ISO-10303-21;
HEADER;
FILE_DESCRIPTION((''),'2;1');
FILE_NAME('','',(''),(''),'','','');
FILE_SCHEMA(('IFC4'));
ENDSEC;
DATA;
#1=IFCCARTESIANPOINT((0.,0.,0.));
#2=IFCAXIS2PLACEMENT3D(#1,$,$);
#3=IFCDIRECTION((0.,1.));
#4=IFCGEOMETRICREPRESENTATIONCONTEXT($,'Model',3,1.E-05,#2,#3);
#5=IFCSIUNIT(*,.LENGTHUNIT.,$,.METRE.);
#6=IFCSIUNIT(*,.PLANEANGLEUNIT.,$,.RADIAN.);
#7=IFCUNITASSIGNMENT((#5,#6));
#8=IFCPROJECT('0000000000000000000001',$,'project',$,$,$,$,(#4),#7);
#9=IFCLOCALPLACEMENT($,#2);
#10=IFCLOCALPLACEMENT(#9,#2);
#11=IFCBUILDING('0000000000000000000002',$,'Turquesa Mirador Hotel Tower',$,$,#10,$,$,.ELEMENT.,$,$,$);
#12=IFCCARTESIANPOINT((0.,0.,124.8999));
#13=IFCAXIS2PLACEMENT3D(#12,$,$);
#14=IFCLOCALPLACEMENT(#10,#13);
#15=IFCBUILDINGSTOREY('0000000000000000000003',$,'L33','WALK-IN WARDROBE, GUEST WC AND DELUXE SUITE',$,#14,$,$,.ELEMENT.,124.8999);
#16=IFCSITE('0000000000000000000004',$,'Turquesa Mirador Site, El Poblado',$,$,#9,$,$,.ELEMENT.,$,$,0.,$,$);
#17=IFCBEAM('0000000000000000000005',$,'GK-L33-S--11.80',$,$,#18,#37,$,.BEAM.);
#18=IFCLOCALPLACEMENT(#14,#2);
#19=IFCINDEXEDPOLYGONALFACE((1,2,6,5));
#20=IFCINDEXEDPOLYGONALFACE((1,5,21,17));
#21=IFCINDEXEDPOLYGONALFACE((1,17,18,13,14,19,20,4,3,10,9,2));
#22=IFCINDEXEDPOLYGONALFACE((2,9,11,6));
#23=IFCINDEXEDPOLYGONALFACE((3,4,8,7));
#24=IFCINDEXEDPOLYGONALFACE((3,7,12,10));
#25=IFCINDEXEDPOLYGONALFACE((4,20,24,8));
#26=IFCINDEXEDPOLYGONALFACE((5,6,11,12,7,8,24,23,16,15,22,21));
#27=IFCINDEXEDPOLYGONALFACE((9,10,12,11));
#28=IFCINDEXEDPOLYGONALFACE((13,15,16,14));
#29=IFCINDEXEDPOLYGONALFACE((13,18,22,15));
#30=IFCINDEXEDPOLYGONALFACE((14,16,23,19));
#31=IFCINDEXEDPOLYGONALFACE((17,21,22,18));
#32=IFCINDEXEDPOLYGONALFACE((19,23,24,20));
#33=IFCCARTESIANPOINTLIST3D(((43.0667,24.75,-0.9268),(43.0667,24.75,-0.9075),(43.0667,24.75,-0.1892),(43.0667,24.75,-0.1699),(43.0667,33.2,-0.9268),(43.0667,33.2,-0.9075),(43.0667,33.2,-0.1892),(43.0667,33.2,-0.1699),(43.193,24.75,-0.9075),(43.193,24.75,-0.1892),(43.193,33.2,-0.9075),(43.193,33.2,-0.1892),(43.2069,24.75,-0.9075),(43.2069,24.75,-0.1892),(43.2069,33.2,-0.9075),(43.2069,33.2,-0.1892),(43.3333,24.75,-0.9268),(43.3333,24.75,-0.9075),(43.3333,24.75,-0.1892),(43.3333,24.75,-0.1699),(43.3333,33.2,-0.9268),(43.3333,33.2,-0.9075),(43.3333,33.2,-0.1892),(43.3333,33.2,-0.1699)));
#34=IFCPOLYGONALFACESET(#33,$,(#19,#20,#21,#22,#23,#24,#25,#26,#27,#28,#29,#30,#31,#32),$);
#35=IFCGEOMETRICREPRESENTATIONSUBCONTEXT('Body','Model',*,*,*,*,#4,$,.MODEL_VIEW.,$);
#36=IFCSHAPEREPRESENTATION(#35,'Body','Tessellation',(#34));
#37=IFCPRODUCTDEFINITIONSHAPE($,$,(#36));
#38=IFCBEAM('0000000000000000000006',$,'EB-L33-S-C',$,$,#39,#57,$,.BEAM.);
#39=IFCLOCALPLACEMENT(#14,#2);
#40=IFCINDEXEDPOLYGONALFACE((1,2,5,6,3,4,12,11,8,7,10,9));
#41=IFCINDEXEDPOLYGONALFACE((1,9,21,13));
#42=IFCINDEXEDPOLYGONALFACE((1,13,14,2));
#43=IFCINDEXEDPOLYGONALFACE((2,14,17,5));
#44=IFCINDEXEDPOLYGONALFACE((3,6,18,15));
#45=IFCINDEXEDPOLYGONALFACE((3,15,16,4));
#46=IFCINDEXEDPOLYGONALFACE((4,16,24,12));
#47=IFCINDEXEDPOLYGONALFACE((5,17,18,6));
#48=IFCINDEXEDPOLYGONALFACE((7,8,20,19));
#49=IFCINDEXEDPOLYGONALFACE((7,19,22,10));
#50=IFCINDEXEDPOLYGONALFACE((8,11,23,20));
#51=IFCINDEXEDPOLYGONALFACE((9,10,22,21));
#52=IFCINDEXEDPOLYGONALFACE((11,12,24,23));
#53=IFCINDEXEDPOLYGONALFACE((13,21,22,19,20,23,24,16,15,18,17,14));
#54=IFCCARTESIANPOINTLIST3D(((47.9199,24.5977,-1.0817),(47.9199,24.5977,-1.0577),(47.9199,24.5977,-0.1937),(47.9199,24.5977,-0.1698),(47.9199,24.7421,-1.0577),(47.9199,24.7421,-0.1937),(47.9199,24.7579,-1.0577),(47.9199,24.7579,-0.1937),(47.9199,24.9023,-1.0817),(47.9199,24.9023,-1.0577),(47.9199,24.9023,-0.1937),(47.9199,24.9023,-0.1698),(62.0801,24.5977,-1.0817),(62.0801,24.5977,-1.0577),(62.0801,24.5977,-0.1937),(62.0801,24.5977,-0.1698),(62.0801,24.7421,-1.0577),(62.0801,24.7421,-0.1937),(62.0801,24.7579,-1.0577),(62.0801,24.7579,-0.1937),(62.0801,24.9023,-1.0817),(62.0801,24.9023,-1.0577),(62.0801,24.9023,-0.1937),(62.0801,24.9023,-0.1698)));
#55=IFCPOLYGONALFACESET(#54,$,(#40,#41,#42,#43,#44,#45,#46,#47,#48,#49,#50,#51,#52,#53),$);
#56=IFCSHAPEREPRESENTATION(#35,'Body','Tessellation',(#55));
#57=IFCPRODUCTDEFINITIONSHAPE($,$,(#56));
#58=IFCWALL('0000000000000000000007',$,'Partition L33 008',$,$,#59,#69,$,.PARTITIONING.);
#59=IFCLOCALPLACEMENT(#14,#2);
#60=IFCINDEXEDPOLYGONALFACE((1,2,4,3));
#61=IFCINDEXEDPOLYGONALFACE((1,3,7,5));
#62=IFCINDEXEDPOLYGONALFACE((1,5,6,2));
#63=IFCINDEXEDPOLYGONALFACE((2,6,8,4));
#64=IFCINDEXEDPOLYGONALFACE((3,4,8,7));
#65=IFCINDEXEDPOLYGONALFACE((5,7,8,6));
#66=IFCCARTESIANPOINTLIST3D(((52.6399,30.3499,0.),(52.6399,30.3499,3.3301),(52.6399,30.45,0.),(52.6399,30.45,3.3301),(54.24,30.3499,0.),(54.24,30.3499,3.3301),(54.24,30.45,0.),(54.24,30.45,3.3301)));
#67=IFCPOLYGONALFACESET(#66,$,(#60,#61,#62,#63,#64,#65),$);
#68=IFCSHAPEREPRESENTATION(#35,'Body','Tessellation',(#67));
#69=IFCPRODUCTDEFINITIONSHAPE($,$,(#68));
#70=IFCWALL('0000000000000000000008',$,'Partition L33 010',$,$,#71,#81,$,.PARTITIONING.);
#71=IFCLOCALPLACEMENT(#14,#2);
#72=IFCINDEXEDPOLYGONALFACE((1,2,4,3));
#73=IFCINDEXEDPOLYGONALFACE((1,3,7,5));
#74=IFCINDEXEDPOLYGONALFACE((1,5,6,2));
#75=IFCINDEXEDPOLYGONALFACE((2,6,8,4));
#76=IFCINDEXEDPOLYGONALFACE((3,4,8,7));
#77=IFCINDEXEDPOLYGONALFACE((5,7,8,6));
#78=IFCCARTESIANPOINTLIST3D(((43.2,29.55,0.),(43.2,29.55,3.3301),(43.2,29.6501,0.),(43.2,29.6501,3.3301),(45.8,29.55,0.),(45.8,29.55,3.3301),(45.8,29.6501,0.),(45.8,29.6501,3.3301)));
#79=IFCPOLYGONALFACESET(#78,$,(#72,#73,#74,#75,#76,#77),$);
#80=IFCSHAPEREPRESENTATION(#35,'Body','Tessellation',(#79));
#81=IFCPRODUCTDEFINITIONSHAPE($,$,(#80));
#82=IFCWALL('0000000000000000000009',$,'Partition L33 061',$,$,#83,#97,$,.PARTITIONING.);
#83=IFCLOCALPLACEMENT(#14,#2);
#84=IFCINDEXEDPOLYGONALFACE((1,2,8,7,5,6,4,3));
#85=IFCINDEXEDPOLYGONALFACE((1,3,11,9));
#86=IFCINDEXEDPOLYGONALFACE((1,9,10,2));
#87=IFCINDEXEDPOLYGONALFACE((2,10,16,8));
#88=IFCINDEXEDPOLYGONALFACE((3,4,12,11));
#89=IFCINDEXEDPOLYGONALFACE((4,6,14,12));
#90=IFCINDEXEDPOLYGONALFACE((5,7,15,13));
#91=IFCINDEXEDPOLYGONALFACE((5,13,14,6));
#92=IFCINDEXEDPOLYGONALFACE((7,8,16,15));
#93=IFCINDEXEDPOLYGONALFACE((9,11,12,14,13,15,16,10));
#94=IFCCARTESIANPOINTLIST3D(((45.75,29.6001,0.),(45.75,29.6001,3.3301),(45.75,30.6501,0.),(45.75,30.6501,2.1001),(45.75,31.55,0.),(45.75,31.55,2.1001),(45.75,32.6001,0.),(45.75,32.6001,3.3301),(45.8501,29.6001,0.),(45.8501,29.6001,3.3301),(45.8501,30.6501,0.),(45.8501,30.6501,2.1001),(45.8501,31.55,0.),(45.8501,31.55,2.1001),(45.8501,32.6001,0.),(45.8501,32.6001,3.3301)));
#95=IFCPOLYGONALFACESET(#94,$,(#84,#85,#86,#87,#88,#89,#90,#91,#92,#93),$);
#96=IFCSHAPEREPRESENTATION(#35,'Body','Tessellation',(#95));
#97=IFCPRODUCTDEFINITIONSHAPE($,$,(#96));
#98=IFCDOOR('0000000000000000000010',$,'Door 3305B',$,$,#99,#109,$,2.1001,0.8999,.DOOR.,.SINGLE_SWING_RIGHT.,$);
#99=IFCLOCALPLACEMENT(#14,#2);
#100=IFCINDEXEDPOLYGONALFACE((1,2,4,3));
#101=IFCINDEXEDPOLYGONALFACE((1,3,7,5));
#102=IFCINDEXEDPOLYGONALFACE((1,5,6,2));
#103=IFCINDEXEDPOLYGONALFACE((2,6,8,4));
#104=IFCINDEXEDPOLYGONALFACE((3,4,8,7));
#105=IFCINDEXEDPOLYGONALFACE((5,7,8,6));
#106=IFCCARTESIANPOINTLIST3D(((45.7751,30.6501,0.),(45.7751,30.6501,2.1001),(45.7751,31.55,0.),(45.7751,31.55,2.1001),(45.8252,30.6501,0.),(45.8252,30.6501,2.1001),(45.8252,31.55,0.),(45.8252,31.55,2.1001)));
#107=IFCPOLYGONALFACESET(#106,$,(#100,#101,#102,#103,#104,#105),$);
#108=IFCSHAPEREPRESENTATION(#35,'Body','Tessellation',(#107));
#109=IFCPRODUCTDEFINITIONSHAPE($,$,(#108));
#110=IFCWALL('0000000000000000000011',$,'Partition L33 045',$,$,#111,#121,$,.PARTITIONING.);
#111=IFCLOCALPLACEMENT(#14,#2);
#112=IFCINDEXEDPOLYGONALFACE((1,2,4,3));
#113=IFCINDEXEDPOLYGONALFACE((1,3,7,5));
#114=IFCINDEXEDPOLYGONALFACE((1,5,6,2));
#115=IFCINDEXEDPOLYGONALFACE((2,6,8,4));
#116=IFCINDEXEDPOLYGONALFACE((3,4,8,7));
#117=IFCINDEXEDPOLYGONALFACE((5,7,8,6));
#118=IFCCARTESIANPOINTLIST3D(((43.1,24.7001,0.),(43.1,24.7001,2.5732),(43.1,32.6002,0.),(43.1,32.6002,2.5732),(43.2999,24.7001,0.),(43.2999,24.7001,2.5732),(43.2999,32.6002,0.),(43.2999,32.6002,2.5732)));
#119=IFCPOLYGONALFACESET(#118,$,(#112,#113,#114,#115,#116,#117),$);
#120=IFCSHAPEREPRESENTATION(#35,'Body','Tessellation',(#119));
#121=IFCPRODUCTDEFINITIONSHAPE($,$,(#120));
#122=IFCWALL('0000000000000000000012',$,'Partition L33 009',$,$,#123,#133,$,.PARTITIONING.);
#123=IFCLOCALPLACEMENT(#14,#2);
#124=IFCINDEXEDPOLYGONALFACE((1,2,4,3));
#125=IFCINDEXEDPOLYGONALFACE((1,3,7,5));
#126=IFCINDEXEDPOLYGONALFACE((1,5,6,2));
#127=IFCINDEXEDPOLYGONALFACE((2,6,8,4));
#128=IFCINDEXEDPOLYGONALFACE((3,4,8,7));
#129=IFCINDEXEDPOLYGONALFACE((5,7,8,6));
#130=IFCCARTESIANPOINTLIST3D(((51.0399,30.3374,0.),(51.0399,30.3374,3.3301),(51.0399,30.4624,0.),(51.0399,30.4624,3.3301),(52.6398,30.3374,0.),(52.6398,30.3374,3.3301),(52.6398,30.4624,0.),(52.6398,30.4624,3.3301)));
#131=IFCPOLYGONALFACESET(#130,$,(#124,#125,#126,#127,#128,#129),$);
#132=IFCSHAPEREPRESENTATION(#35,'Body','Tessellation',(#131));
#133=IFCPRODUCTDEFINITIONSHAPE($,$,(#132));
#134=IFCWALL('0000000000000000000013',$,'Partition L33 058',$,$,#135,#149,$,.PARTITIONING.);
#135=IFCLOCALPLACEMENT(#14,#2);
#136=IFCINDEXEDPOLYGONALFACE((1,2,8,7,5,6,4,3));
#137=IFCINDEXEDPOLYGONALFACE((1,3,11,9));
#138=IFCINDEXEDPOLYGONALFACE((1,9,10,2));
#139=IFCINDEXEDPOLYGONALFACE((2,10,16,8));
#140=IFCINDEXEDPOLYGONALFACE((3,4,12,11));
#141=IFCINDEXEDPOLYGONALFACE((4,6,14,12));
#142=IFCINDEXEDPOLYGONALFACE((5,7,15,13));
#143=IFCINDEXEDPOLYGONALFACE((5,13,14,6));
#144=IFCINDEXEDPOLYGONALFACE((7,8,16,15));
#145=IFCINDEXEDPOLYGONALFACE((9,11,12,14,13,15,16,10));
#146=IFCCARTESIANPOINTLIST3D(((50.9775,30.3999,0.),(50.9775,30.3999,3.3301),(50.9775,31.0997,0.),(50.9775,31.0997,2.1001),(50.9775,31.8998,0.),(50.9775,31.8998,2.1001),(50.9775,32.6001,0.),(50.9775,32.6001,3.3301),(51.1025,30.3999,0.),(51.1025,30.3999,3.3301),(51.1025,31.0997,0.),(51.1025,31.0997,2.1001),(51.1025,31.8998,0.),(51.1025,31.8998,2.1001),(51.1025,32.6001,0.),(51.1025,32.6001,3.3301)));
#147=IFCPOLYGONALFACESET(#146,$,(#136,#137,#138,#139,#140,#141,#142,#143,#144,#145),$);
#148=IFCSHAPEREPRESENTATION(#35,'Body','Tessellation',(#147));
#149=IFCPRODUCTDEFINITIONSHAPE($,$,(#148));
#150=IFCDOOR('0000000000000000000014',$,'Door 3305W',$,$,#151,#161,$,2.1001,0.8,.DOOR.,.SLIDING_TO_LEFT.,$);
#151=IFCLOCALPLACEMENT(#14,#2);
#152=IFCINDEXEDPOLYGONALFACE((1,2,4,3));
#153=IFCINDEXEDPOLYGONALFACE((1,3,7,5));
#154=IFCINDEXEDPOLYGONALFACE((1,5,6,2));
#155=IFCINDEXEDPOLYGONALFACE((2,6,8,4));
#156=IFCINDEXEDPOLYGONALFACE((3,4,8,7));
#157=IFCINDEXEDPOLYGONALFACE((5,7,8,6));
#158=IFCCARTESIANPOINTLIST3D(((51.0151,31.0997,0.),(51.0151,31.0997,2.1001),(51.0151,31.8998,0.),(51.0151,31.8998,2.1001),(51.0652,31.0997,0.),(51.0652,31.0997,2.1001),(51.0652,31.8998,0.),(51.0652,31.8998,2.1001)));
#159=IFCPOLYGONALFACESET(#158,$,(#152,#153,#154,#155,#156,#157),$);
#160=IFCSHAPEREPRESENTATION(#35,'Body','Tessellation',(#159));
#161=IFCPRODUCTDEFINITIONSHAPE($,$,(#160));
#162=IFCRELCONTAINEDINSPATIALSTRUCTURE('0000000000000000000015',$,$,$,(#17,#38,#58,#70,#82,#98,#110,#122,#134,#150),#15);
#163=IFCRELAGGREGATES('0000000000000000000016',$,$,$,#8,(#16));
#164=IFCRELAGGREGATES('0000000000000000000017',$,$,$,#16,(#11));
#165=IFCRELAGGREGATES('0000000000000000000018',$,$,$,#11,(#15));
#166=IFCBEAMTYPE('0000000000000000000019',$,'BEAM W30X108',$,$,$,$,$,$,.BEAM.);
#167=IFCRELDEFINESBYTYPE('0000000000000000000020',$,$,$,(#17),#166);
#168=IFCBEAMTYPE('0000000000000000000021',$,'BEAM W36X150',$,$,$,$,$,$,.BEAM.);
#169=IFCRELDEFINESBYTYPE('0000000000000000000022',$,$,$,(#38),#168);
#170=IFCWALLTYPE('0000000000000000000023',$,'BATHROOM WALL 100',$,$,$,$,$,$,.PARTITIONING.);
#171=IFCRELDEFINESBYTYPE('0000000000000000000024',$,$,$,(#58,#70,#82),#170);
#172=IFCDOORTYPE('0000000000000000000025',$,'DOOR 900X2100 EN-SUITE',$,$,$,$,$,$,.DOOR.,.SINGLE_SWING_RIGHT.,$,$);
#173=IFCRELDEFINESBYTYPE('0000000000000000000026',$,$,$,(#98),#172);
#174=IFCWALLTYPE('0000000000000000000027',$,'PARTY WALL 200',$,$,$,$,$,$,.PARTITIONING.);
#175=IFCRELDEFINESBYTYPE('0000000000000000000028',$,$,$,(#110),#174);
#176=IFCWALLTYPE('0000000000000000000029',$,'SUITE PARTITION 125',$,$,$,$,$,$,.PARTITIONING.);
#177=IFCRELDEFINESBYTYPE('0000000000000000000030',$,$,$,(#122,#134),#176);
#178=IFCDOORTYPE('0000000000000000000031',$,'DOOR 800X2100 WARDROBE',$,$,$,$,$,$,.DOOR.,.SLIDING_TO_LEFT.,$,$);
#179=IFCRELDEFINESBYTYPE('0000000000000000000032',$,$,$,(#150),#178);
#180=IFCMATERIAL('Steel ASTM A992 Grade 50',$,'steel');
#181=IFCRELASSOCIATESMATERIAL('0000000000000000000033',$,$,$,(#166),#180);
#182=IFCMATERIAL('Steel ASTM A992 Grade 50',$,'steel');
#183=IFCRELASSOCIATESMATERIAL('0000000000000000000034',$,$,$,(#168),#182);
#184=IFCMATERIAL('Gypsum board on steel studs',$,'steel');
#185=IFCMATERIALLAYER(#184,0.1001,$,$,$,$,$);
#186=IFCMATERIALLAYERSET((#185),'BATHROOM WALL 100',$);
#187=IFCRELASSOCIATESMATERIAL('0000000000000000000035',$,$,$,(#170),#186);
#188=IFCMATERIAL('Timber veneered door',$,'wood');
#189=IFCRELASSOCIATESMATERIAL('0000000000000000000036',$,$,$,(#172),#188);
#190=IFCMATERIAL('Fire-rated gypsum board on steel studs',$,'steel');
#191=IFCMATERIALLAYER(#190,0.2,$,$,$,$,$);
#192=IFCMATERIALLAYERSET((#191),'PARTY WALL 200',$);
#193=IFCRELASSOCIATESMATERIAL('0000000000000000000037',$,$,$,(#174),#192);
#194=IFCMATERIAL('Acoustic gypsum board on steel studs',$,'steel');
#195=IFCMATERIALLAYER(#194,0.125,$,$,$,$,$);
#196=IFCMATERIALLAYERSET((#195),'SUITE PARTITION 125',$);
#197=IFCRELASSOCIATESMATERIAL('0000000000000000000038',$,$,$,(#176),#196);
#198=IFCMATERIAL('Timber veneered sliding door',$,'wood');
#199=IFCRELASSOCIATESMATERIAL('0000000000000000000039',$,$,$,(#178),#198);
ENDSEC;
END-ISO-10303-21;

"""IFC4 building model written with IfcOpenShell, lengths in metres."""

from ifc_helpers import new_model, si_unit, direction, frame, frame_2d, origin, origin_2d, place, context, subcontext, project, spatial, rectangle, i_section, extrude, material, layer, layer_set, material_profile, profile_set, type_object, element, fill, save


model = new_model("IFC4")

# Units and contexts
model_context = context("Model", 3, precision=1e-05, world=origin(), true_north=direction((0.0, 1.0)))
body_context = subcontext(model_context, "Body", "Model", "MODEL_VIEW")
ifc_project = project(units=[si_unit("LENGTHUNIT", "METRE"), si_unit("PLANEANGLEUNIT", "RADIAN")], contexts=[model_context])

# Site, building, storey
site_placement = place(None, origin())
site = spatial("IfcSite", under=ifc_project, at=site_placement, Name="Turquesa Mirador Site, El Poblado", CompositionType="ELEMENT", RefElevation=0.0)
building_placement = place(site_placement, origin())
building = spatial("IfcBuilding", under=site, at=building_placement, Name="Turquesa Mirador Hotel Tower", CompositionType="ELEMENT")
storey_placement = place(building_placement, frame((0.0, 0.0, 124.8999)))
storey = spatial("IfcBuildingStorey", under=building, at=storey_placement, Name="L33", Description="WALK-IN WARDROBE, GUEST WC AND DELUXE SUITE", CompositionType="ELEMENT", Elevation=124.8999)

# Beams
ifc_material_1 = material(Name="Steel ASTM A992 Grade 50", Category="steel")
ifc_material_profile_1 = material_profile(ifc_material_1, i_section(OverallWidth=0.2666, OverallDepth=0.7568, WebThickness=0.0139, FlangeThickness=0.0193, at=origin_2d()), Name="W30X108")
ifc_profile_set_1 = profile_set([ifc_material_profile_1], Name="Steel ASTM A992 Grade 50")
beam_type_1 = type_object("IfcBeamType", Name="BEAM W30X108", PredefinedType="BEAM", material=ifc_profile_set_1)
beam_1_placement = place(storey_placement, frame((43.2, 24.75, -0.5483), z_axis=(0.0, 1.0, 0.0), x_axis=(-1.0, 0.0, 0.0)))
element("IfcBeam", 1, at=beam_1_placement, inside=storey, type_object=beam_type_1, Name="GK-L33-S--11.80", PredefinedType="BEAM", context=body_context, shape_type="SweptSolid", body=[
    extrude(i_section(OverallWidth=0.2666, OverallDepth=0.7568, WebThickness=0.0139, FlangeThickness=0.0193, at=origin_2d()), origin(), (0.0, 0.0, 1.0), 8.45),
])
ifc_material_2 = material(Name="Steel ASTM A992 Grade 50", Category="steel")
ifc_material_profile_2 = material_profile(ifc_material_2, i_section(OverallWidth=0.3047, OverallDepth=0.9119, WebThickness=0.0159, FlangeThickness=0.0239, at=origin_2d()), Name="W36X150")
ifc_profile_set_2 = profile_set([ifc_material_profile_2], Name="Steel ASTM A992 Grade 50")
beam_type_2 = type_object("IfcBeamType", Name="BEAM W36X150", PredefinedType="BEAM", material=ifc_profile_set_2)
beam_2_placement = place(storey_placement, frame((47.9199, 24.75, -0.6257), z_axis=(1.0, 0.0, 0.0), x_axis=(0.0, 1.0, 0.0)))
element("IfcBeam", 2, at=beam_2_placement, inside=storey, type_object=beam_type_2, Name="EB-L33-S-C", PredefinedType="BEAM", context=body_context, shape_type="SweptSolid", body=[
    extrude(i_section(OverallWidth=0.3047, OverallDepth=0.9119, WebThickness=0.0159, FlangeThickness=0.0239, at=origin_2d()), origin(), (0.0, 0.0, 1.0), 14.1602),
])

# Walls
ifc_material_3 = material(Name="Gypsum board on steel studs", Category="steel")
ifc_layer_1 = layer(ifc_material_3, 0.1001)
ifc_layer_set_1 = layer_set([ifc_layer_1], Name="BATHROOM WALL 100")
wall_type_1 = type_object("IfcWallType", Name="BATHROOM WALL 100", PredefinedType="PARTITIONING", material=ifc_layer_set_1)
wall_1_placement = place(storey_placement, frame((52.6399, 30.3999, 0.0), z_axis=(0.0, 0.0, 1.0), x_axis=(1.0, 0.0, 0.0)))
element("IfcWall", 3, at=wall_1_placement, inside=storey, type_object=wall_type_1, Name="Partition L33 008", PredefinedType="PARTITIONING", context=body_context, shape_type="SweptSolid", body=[
    extrude(rectangle(XDim=1.6001, YDim=0.1001, at=frame_2d((0.8, 0.0))), origin(), (0.0, 0.0, 1.0), 3.3301),
])
wall_2_placement = place(storey_placement, frame((43.2, 29.6001, 0.0), z_axis=(0.0, 0.0, 1.0), x_axis=(1.0, 0.0, 0.0)))
element("IfcWall", 4, at=wall_2_placement, inside=storey, type_object=wall_type_1, Name="Partition L33 010", PredefinedType="PARTITIONING", context=body_context, shape_type="SweptSolid", body=[
    extrude(rectangle(XDim=2.6001, YDim=0.1001, at=frame_2d((1.3, 0.0))), origin(), (0.0, 0.0, 1.0), 3.3301),
])

# Wall, opening, door
wall_3_placement = place(storey_placement, frame((45.8, 29.6001, 0.0), z_axis=(0.0, 0.0, 1.0), x_axis=(0.0, 1.0, 0.0)))
wall_3 = element("IfcWall", 5, at=wall_3_placement, inside=storey, type_object=wall_type_1, Name="Partition L33 061", PredefinedType="PARTITIONING", context=body_context, shape_type="SweptSolid", body=[
    extrude(rectangle(XDim=3.0, YDim=0.1001, at=frame_2d((1.5, 0.0))), origin(), (0.0, 0.0, 1.0), 3.3301),
])
opening_1_placement = place(wall_3_placement, frame((1.05, 0.0, 0.0)))
opening_1 = element("IfcOpeningElement", 6, at=opening_1_placement, cuts=wall_3, PredefinedType="OPENING", context=body_context, shape_type="SweptSolid", body=[
    extrude(rectangle(XDim=0.8999, YDim=2.1001, at=frame_2d((0.45, 1.05))), frame((0.0, 0.0601, 0.0), z_axis=(0.0, -1.0, 0.0), x_axis=(1.0, 0.0, 0.0)), (0.0, 0.0, 1.0), 0.1201),
])
ifc_material_4 = material(Name="Timber veneered door", Category="wood")
door_type_1 = type_object("IfcDoorType", Name="DOOR 900X2100 EN-SUITE", OperationType="SINGLE_SWING_RIGHT", PredefinedType="DOOR", material=ifc_material_4)
door_1_placement = place(opening_1_placement, origin())
door_1 = element("IfcDoor", 7, at=door_1_placement, inside=storey, type_object=door_type_1, Name="Door 3305B", OperationType="SINGLE_SWING_RIGHT", OverallHeight=2.1001, OverallWidth=0.8999, PredefinedType="DOOR", context=body_context, shape_type="SweptSolid", body=[
    extrude(rectangle(XDim=0.8999, YDim=2.1001, at=frame_2d((0.45, 1.05))), frame((0.0, 0.0249, 0.0), z_axis=(0.0, -1.0, 0.0), x_axis=(1.0, 0.0, 0.0)), (0.0, 0.0, 1.0), 0.05),
])
fill(opening_1, door_1)

# Walls
ifc_material_5 = material(Name="Fire-rated gypsum board on steel studs", Category="steel")
ifc_layer_2 = layer(ifc_material_5, 0.2)
ifc_layer_set_2 = layer_set([ifc_layer_2], Name="PARTY WALL 200")
wall_type_2 = type_object("IfcWallType", Name="PARTY WALL 200", PredefinedType="PARTITIONING", material=ifc_layer_set_2)
wall_4_placement = place(storey_placement, frame((43.2, 24.7, 0.0), z_axis=(0.0, 0.0, 1.0), x_axis=(0.0, 1.0, 0.0)))
element("IfcWall", 8, at=wall_4_placement, inside=storey, type_object=wall_type_2, Name="Partition L33 045", PredefinedType="PARTITIONING", context=body_context, shape_type="SweptSolid", body=[
    extrude(rectangle(XDim=7.9001, YDim=0.2, at=frame_2d((3.9502, 0.0))), origin(), (0.0, 0.0, 1.0), 2.5732),
])
ifc_material_6 = material(Name="Acoustic gypsum board on steel studs", Category="steel")
ifc_layer_3 = layer(ifc_material_6, 0.125)
ifc_layer_set_3 = layer_set([ifc_layer_3], Name="SUITE PARTITION 125")
wall_type_3 = type_object("IfcWallType", Name="SUITE PARTITION 125", PredefinedType="PARTITIONING", material=ifc_layer_set_3)
wall_5_placement = place(storey_placement, frame((51.04, 30.3999, 0.0), z_axis=(0.0, 0.0, 1.0), x_axis=(1.0, 0.0, 0.0)))
element("IfcWall", 9, at=wall_5_placement, inside=storey, type_object=wall_type_3, Name="Partition L33 009", PredefinedType="PARTITIONING", context=body_context, shape_type="SweptSolid", body=[
    extrude(rectangle(XDim=1.5999, YDim=0.125, at=frame_2d((0.7998, 0.0))), origin(), (0.0, 0.0, 1.0), 3.3301),
])

# Wall, opening, door
wall_6_placement = place(storey_placement, frame((51.04, 30.3999, 0.0), z_axis=(0.0, 0.0, 1.0), x_axis=(0.0, 1.0, 0.0)))
wall_6 = element("IfcWall", 10, at=wall_6_placement, inside=storey, type_object=wall_type_3, Name="Partition L33 058", PredefinedType="PARTITIONING", context=body_context, shape_type="SweptSolid", body=[
    extrude(rectangle(XDim=2.2002, YDim=0.125, at=frame_2d((1.1001, 0.0))), origin(), (0.0, 0.0, 1.0), 3.3301),
])
opening_2_placement = place(wall_6_placement, frame((0.7, 0.0, 0.0)))
opening_2 = element("IfcOpeningElement", 11, at=opening_2_placement, cuts=wall_6, PredefinedType="OPENING", context=body_context, shape_type="SweptSolid", body=[
    extrude(rectangle(XDim=0.8, YDim=2.1001, at=frame_2d((0.3999, 1.05))), frame((0.0, 0.0725, 0.0), z_axis=(0.0, -1.0, 0.0), x_axis=(1.0, 0.0, 0.0)), (0.0, 0.0, 1.0), 0.145),
])
ifc_material_7 = material(Name="Timber veneered sliding door", Category="wood")
door_type_2 = type_object("IfcDoorType", Name="DOOR 800X2100 WARDROBE", OperationType="SLIDING_TO_LEFT", PredefinedType="DOOR", material=ifc_material_7)
door_2_placement = place(opening_2_placement, origin())
door_2 = element("IfcDoor", 12, at=door_2_placement, inside=storey, type_object=door_type_2, Name="Door 3305W", OperationType="SLIDING_TO_LEFT", OverallHeight=2.1001, OverallWidth=0.8, PredefinedType="DOOR", context=body_context, shape_type="SweptSolid", body=[
    extrude(rectangle(XDim=0.8, YDim=2.1001, at=frame_2d((0.3999, 1.05))), frame((0.0, 0.0249, 0.0), z_axis=(0.0, -1.0, 0.0), x_axis=(1.0, 0.0, 0.0)), (0.0, 0.0, 1.0), 0.05),
])
fill(opening_2, door_2)

save(model, "model.ifc")
